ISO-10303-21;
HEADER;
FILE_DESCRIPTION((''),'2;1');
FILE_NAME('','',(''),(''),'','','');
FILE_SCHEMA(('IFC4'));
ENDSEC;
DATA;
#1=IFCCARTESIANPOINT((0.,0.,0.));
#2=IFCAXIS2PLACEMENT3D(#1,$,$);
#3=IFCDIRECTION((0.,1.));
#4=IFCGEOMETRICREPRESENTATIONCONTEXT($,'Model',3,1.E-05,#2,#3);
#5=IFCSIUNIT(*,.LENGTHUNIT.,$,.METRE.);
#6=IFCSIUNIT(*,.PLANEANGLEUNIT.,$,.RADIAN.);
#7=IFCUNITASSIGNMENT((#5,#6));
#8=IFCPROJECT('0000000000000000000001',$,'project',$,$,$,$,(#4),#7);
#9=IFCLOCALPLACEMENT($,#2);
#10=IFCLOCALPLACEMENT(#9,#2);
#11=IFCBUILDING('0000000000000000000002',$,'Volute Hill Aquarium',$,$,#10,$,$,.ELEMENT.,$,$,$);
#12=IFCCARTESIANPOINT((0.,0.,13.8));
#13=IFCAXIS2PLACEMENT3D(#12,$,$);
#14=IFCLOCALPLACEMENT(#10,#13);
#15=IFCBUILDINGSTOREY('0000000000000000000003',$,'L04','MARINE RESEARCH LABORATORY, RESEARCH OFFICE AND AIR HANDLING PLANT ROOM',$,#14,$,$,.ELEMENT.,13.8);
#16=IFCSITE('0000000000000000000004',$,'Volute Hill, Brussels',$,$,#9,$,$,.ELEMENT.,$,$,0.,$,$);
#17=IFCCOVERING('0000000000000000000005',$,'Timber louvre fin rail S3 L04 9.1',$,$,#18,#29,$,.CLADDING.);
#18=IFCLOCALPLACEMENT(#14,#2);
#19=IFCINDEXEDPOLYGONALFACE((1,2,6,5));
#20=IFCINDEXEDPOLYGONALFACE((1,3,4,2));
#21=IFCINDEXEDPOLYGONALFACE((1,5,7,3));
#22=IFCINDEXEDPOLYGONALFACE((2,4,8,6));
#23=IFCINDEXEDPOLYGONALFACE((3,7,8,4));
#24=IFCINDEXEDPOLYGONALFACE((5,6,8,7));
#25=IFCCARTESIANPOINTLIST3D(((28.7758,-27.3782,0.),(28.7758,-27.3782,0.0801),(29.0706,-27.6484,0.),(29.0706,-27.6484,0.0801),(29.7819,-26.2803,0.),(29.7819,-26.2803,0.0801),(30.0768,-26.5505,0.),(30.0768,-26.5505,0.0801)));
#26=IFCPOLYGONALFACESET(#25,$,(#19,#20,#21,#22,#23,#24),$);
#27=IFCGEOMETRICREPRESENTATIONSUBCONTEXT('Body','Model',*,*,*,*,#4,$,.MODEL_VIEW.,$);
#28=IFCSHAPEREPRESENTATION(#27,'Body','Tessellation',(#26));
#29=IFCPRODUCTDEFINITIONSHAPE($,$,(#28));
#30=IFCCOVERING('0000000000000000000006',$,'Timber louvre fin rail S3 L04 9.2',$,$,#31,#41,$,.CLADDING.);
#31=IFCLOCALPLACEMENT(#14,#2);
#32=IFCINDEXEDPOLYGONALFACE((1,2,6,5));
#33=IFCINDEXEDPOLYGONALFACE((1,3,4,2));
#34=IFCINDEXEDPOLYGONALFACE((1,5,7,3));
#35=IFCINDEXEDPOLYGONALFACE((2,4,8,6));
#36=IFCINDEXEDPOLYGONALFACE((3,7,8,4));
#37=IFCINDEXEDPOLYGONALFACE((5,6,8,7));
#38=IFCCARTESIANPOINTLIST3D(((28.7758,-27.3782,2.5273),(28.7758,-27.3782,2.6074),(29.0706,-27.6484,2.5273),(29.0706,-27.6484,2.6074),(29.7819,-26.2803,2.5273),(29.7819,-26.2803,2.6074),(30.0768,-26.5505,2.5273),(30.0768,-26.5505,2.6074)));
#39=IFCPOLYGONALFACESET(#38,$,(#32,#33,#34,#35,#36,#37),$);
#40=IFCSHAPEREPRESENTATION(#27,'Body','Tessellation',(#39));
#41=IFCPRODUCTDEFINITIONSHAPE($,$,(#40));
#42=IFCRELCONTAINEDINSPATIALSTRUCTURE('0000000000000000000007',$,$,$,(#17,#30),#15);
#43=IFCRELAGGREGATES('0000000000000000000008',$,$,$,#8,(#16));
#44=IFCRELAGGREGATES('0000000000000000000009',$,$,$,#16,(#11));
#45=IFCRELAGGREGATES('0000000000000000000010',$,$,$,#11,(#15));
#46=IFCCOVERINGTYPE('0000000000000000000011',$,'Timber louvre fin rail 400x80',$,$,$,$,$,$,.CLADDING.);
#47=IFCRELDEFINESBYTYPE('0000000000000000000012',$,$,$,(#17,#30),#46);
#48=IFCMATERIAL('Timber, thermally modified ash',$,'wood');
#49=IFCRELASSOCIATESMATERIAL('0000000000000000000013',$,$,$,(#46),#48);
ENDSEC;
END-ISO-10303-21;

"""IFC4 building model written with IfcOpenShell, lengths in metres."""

from ifc_helpers import new_model, si_unit, direction, frame, origin, origin_2d, place, context, subcontext, project, spatial, rectangle, extrude, material, type_object, element, save


model = new_model("IFC4")

# Units and contexts
model_context = context("Model", 3, precision=1e-05, world=origin(), true_north=direction((0.0, 1.0)))
body_context = subcontext(model_context, "Body", "Model", "MODEL_VIEW")
ifc_project = project(units=[si_unit("LENGTHUNIT", "METRE"), si_unit("PLANEANGLEUNIT", "RADIAN")], contexts=[model_context])

# Site, building, storey
site_placement = place(None, origin())
site = spatial("IfcSite", under=ifc_project, at=site_placement, Name="Volute Hill, Brussels", CompositionType="ELEMENT", RefElevation=0.0)
building_placement = place(site_placement, origin())
building = spatial("IfcBuilding", under=site, at=building_placement, Name="Volute Hill Aquarium", CompositionType="ELEMENT")
storey_placement = place(building_placement, frame((0.0, 0.0, 13.8)))
storey = spatial("IfcBuildingStorey", under=building, at=storey_placement, Name="L04", Description="MARINE RESEARCH LABORATORY, RESEARCH OFFICE AND AIR HANDLING PLANT ROOM", CompositionType="ELEMENT", Elevation=13.8)

# Coverings
ifc_material_1 = material(Name="Timber, thermally modified ash", Category="wood")
covering_type_1 = type_object("IfcCoveringType", Name="Timber louvre fin rail 400x80", PredefinedType="CLADDING", material=ifc_material_1)
for number, where, z_axis, x_axis, name in (
    (1, (29.4263, -26.9644, 0.0), (0.0, 0.0, 1.0), (0.675612, 0.737257, 0.0), "Timber louvre fin rail S3 L04 9.1"),
    (2, (29.4263, -26.9644, 2.5273), (0.0, 0.0, 1.0), (0.675612, 0.737257, 0.0), "Timber louvre fin rail S3 L04 9.2"),
):
    element("IfcCovering", number, at=place(storey_placement, frame(where, z_axis=z_axis, x_axis=x_axis)), inside=storey, type_object=covering_type_1, Name=name, PredefinedType="CLADDING", context=body_context, shape_type="SweptSolid", body=[
        extrude(rectangle(XDim=1.4893, YDim=0.3999, at=origin_2d()), origin(), (0.0, 0.0, 1.0), 0.0801),
    ])

save(model, "model.ifc")
